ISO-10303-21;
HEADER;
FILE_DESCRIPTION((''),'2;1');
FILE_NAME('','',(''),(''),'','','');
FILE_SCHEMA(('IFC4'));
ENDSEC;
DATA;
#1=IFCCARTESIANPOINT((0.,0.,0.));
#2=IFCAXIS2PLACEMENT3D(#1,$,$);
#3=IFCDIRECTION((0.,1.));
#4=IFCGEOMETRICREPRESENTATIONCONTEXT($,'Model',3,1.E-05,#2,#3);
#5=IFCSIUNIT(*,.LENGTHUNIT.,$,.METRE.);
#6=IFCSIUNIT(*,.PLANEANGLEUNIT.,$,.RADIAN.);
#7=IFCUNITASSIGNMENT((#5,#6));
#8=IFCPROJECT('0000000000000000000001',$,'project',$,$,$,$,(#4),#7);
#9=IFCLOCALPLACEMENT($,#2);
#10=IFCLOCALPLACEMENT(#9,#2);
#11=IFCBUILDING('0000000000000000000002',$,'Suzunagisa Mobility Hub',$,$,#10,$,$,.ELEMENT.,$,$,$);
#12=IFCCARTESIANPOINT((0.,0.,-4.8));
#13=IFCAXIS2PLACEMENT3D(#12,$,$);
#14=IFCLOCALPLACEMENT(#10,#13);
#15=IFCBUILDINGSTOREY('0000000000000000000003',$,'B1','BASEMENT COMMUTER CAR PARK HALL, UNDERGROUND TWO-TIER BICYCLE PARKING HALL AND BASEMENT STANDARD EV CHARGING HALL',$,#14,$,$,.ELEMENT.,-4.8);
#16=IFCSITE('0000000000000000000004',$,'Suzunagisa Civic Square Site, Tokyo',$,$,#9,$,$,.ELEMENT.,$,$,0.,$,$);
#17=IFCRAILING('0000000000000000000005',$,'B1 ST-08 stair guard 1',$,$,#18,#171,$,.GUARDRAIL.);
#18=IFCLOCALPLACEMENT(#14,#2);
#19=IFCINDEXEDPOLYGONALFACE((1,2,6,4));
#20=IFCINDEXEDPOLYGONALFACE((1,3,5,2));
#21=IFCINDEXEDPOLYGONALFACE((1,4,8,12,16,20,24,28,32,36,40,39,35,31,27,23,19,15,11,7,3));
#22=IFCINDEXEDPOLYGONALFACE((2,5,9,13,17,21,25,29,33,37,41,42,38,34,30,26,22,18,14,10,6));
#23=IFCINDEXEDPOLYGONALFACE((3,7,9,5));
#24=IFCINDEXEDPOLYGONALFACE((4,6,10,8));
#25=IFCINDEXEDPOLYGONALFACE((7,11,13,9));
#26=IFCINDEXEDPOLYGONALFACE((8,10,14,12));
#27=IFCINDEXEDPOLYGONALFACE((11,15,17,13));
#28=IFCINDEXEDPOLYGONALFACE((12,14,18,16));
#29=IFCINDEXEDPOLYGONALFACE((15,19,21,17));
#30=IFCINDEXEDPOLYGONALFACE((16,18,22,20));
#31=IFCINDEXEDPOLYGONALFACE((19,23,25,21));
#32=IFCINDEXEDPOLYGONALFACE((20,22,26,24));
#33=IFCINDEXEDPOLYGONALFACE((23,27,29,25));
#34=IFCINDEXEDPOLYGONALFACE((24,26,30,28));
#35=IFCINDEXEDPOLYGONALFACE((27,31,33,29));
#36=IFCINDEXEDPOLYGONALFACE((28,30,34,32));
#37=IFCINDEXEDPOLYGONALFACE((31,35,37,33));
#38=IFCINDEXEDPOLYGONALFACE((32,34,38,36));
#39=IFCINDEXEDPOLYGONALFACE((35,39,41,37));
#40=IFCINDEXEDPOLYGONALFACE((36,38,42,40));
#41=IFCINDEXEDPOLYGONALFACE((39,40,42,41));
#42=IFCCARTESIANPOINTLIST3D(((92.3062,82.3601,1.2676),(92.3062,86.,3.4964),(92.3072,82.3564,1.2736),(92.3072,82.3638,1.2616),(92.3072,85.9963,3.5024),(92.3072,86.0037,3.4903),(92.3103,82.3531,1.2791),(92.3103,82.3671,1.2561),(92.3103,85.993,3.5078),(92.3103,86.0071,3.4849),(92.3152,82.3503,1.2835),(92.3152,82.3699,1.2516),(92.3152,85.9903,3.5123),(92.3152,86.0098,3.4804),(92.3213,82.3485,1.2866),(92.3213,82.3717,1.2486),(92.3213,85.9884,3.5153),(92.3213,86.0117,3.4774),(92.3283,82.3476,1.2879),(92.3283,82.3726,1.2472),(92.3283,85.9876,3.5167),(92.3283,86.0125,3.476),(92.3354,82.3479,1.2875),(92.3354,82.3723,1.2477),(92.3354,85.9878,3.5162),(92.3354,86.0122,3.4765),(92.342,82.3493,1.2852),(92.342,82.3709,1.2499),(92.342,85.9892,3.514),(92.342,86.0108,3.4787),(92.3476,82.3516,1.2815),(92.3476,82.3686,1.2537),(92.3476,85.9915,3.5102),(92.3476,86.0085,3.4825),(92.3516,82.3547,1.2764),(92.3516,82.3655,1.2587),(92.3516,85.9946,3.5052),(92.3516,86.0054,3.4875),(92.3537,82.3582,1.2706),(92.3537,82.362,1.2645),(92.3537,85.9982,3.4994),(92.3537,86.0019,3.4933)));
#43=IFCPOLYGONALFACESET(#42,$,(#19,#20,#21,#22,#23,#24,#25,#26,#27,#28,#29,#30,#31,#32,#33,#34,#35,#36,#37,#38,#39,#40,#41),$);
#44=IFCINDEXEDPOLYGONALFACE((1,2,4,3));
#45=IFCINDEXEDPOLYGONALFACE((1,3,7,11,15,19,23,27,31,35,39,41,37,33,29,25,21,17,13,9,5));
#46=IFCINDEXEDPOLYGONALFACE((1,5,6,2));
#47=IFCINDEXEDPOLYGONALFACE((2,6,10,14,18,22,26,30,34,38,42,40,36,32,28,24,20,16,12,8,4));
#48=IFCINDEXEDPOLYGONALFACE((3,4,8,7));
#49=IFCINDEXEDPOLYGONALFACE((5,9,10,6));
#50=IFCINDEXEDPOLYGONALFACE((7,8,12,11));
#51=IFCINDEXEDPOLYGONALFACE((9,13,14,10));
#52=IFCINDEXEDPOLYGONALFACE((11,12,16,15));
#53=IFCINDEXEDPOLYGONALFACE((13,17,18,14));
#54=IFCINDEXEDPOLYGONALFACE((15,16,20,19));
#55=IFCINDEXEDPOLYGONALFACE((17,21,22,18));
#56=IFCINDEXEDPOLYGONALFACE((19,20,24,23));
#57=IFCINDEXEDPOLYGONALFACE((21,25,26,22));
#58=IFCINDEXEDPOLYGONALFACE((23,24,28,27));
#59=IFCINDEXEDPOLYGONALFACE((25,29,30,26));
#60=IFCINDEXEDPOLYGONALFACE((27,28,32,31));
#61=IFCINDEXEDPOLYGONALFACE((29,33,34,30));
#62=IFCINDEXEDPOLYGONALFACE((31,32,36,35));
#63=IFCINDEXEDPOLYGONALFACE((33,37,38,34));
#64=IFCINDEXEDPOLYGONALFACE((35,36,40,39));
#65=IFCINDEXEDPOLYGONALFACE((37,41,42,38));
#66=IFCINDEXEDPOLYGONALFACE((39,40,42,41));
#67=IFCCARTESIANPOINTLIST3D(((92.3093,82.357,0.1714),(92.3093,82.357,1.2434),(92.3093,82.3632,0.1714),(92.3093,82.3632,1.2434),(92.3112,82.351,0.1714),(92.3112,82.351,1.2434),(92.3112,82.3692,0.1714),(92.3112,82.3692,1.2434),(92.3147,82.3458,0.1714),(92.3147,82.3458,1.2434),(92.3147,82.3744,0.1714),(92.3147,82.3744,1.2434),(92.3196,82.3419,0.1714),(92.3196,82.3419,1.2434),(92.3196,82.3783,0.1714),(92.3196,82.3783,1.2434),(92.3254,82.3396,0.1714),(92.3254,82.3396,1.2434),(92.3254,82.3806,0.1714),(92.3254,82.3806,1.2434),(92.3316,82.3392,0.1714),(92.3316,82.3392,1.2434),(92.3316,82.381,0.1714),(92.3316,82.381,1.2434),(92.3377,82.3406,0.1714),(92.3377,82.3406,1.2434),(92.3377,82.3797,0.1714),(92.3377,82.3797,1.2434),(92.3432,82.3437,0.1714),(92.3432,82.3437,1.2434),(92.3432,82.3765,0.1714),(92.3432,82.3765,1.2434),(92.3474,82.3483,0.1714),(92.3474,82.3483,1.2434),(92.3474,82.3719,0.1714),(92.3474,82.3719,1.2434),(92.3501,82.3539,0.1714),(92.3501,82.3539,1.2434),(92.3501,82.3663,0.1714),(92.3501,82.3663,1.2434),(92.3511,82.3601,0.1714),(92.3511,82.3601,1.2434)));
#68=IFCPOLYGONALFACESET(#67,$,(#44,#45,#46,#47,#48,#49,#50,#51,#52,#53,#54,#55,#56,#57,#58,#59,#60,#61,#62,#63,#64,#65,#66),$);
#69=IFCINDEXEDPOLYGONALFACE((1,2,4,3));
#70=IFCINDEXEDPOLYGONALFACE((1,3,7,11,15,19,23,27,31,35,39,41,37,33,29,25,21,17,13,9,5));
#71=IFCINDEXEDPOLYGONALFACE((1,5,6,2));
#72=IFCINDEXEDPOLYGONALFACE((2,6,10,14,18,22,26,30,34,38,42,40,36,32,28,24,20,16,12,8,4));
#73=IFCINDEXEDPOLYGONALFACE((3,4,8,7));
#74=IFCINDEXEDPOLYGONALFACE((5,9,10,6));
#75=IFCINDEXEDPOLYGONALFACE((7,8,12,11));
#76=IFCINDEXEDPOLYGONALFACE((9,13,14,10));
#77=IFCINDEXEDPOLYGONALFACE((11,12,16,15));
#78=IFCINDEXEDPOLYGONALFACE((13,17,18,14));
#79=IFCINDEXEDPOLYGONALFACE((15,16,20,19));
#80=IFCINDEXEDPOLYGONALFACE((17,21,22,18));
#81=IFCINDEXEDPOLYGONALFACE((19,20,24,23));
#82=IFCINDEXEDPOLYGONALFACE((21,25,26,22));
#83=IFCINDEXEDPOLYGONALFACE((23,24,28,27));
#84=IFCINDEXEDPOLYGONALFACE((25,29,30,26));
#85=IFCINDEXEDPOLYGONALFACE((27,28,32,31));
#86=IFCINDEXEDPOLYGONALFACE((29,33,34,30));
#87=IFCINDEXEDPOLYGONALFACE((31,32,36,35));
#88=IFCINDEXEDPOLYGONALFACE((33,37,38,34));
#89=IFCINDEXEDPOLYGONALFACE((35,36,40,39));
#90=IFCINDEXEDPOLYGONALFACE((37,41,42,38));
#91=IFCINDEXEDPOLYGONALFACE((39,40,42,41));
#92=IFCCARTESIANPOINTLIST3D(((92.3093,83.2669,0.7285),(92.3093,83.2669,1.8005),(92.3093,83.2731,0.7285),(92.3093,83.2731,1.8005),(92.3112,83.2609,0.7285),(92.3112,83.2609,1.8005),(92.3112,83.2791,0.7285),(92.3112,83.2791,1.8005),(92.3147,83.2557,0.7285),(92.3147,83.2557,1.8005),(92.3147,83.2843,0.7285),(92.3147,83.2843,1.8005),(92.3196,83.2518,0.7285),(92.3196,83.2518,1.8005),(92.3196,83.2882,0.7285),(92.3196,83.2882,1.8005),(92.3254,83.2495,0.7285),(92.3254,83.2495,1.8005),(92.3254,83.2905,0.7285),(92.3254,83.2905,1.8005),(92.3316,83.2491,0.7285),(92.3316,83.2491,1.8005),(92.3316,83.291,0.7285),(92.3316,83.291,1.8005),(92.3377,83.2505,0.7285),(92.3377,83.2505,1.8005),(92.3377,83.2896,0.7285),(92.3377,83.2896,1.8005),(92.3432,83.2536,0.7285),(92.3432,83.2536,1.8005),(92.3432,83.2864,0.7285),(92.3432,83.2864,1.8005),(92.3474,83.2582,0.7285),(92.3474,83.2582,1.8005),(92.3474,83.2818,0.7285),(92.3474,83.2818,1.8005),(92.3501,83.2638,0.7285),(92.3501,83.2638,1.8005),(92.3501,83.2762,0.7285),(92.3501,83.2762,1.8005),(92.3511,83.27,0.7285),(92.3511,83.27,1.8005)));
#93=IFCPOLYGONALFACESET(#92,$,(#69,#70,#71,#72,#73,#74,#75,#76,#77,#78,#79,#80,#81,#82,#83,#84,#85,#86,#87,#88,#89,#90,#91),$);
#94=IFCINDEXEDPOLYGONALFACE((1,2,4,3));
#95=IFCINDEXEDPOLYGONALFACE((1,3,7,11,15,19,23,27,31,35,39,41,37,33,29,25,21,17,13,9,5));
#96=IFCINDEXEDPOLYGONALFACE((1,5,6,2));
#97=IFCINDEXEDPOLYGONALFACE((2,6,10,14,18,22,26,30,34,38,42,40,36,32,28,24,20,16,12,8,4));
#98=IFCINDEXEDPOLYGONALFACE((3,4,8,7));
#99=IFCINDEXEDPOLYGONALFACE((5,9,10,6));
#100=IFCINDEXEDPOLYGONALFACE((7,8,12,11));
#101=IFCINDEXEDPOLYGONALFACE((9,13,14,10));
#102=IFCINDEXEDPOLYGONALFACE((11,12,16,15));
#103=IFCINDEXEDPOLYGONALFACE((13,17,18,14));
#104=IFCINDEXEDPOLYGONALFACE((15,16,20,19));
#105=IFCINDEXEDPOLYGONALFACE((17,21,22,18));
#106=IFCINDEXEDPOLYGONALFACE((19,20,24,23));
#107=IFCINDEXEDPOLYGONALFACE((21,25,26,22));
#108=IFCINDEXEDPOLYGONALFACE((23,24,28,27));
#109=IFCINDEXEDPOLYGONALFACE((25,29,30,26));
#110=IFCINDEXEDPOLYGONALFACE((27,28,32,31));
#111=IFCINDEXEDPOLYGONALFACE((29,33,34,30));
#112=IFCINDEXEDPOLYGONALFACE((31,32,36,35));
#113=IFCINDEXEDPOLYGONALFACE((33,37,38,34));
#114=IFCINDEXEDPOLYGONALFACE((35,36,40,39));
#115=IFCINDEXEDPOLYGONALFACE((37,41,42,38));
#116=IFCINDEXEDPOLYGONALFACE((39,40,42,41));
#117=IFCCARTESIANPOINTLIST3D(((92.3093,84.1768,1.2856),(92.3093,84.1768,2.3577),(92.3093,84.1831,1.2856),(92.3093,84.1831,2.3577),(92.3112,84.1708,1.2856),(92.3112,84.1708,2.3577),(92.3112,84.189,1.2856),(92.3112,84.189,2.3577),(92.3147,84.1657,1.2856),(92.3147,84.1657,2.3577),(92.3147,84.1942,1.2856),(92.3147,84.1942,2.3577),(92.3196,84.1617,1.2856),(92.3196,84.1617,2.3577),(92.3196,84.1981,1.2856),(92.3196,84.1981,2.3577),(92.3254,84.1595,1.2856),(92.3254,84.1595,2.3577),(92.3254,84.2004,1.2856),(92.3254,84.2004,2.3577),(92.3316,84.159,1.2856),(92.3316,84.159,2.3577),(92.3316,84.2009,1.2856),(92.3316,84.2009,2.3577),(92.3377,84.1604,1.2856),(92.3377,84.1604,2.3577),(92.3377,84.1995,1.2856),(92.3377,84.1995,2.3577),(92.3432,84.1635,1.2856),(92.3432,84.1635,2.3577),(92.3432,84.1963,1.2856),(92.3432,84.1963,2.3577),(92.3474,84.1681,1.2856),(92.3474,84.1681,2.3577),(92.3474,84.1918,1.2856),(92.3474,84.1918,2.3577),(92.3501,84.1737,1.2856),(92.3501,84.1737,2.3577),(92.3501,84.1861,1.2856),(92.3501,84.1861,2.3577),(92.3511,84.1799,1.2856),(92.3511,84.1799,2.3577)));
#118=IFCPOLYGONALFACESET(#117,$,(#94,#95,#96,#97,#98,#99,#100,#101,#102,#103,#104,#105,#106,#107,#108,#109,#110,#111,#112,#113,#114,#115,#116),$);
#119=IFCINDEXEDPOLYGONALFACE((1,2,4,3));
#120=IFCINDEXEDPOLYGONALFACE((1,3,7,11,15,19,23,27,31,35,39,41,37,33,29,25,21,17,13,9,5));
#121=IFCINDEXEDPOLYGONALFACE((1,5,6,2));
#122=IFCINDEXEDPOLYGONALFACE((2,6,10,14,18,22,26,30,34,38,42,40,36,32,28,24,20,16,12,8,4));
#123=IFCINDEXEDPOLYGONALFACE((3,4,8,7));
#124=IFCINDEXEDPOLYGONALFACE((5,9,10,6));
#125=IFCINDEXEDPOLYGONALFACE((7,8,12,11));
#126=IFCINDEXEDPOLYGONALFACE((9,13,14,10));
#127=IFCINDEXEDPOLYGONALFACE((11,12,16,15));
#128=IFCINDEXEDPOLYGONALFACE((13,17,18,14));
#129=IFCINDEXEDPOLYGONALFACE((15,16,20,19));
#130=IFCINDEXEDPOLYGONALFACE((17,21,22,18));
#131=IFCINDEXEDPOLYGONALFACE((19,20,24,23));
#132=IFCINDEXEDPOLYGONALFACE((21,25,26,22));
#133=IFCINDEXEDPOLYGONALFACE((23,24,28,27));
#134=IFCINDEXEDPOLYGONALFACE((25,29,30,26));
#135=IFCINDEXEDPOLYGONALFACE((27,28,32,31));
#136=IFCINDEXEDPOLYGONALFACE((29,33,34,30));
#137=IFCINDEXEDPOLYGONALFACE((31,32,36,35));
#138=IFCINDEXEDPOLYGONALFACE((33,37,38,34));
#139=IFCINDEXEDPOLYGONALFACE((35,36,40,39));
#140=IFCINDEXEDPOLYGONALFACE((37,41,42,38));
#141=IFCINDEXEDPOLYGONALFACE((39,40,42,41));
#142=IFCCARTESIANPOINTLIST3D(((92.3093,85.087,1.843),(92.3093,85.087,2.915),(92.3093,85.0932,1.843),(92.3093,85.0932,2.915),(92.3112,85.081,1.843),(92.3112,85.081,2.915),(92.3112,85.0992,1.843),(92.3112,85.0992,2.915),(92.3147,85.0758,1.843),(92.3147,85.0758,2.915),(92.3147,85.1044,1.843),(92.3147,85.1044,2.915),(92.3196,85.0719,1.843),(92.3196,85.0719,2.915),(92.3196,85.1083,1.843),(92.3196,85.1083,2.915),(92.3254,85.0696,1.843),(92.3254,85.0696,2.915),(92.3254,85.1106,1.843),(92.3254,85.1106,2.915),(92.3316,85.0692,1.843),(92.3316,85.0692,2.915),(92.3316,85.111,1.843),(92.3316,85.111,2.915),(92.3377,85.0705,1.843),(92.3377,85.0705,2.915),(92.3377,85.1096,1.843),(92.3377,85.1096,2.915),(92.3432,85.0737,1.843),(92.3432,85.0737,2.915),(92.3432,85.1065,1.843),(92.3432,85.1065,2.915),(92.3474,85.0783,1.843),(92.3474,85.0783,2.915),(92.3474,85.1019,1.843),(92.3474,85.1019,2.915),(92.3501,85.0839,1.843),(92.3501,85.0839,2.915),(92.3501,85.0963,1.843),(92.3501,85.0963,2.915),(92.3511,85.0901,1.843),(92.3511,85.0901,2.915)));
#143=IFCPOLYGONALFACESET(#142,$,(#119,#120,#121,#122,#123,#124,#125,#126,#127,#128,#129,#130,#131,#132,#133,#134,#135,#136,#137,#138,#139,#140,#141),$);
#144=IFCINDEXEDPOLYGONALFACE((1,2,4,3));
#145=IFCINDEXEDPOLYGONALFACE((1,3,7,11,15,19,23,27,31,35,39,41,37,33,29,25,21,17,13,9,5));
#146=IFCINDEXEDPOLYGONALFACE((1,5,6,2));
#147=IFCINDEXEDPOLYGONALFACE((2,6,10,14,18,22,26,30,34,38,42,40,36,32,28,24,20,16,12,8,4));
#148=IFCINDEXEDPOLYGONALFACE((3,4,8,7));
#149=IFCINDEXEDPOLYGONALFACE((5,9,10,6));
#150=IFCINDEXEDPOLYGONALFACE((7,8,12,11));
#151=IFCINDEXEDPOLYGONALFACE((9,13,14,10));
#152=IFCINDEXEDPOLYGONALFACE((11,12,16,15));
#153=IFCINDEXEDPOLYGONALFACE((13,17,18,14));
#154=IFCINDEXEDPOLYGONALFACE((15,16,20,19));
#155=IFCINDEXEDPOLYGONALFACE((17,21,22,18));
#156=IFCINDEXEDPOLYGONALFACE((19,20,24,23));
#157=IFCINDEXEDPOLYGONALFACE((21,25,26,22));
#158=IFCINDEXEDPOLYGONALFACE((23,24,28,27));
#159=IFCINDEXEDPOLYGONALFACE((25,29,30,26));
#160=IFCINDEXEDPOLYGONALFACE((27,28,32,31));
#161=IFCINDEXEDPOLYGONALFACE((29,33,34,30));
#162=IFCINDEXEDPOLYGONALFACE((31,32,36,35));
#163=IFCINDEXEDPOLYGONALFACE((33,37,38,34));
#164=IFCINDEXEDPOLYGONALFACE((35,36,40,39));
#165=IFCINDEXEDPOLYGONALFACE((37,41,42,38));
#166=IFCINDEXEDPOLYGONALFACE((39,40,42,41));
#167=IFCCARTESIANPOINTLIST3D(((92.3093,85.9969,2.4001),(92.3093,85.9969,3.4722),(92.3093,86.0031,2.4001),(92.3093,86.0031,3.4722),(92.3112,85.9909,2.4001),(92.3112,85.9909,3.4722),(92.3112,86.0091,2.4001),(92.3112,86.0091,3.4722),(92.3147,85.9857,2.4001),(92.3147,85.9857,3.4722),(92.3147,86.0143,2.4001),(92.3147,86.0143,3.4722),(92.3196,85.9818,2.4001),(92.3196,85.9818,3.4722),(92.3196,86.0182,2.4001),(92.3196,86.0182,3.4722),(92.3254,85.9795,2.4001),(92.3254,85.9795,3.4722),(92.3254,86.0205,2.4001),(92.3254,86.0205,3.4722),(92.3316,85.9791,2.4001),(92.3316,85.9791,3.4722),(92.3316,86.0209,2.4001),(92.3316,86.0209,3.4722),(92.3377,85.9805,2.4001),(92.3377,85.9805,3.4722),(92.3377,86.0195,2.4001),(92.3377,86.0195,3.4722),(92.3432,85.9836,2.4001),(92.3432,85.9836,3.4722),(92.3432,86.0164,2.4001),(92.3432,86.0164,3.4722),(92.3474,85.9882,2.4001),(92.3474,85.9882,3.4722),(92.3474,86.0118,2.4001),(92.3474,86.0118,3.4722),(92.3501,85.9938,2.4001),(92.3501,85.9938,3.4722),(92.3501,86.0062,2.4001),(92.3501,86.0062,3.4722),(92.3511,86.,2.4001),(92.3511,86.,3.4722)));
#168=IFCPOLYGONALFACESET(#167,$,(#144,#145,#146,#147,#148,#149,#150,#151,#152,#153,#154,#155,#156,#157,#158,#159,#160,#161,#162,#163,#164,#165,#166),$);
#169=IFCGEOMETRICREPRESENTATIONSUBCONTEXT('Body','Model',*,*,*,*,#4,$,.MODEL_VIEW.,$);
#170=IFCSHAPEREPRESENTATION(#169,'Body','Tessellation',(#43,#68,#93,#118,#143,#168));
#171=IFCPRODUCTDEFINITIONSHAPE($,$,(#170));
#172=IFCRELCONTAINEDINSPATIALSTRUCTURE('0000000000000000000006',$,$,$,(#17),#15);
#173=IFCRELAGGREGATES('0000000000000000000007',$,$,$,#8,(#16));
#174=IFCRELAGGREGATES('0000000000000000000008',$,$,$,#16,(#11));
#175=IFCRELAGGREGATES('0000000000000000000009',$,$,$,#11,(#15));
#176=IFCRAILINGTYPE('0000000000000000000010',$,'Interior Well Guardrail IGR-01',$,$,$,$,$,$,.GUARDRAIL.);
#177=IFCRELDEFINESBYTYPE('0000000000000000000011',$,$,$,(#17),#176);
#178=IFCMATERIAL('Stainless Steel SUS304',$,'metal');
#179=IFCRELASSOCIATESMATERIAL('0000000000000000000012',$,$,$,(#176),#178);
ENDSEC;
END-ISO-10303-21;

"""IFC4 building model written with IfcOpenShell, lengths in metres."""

from ifc_helpers import new_model, si_unit, direction, frame, origin, origin_2d, place, context, subcontext, project, spatial, circle, extrude, material, type_object, element, save


model = new_model("IFC4")

# Units and contexts
model_context = context("Model", 3, precision=1e-05, world=origin(), true_north=direction((0.0, 1.0)))
body_context = subcontext(model_context, "Body", "Model", "MODEL_VIEW")
ifc_project = project(units=[si_unit("LENGTHUNIT", "METRE"), si_unit("PLANEANGLEUNIT", "RADIAN")], contexts=[model_context])

# Site, building, storey
site_placement = place(None, origin())
site = spatial("IfcSite", under=ifc_project, at=site_placement, Name="Suzunagisa Civic Square Site, Tokyo", CompositionType="ELEMENT", RefElevation=0.0)
building_placement = place(site_placement, origin())
building = spatial("IfcBuilding", under=site, at=building_placement, Name="Suzunagisa Mobility Hub", CompositionType="ELEMENT")
storey_placement = place(building_placement, frame((0.0, 0.0, -4.8)))
storey = spatial("IfcBuildingStorey", under=building, at=storey_placement, Name="B1", Description="BASEMENT COMMUTER CAR PARK HALL, UNDERGROUND TWO-TIER BICYCLE PARKING HALL AND BASEMENT STANDARD EV CHARGING HALL", CompositionType="ELEMENT", Elevation=-4.8)

# Railing
ifc_material_1 = material(Name="Stainless Steel SUS304", Category="metal")
railing_type_1 = type_object("IfcRailingType", Name="Interior Well Guardrail IGR-01", PredefinedType="GUARDRAIL", material=ifc_material_1)
railing_1_placement = place(storey_placement, frame((92.3301, 82.3601, 0.1714)))
element("IfcRailing", 1, at=railing_1_placement, inside=storey, type_object=railing_type_1, Name="B1 ST-08 stair guard 1", PredefinedType="GUARDRAIL", context=body_context, shape_type="SweptSolid", body=[
    extrude(circle(Radius=0.0239, at=origin_2d()), frame((0.0, 0.0, 1.0962), z_axis=(0.0, 0.852825, 0.522197), x_axis=(-1.0, 0.0, 0.0)), (0.0, 0.0, 1.0), 4.2681),
    extrude(circle(Radius=0.021, at=origin_2d()), origin(), (0.0, 0.0, 1.0), 1.072),
    extrude(circle(Radius=0.021, at=origin_2d()), frame((0.0, 0.9099, 0.5571)), (0.0, 0.0, 1.0), 1.072),
    extrude(circle(Radius=0.021, at=origin_2d()), frame((0.0, 1.8198, 1.1143)), (0.0, 0.0, 1.0), 1.072),
    extrude(circle(Radius=0.021, at=origin_2d()), frame((0.0, 2.73, 1.6716)), (0.0, 0.0, 1.0), 1.072),
    extrude(circle(Radius=0.021, at=origin_2d()), frame((0.0, 3.6399, 2.2288)), (0.0, 0.0, 1.0), 1.072),
])

save(model, "model.ifc")
